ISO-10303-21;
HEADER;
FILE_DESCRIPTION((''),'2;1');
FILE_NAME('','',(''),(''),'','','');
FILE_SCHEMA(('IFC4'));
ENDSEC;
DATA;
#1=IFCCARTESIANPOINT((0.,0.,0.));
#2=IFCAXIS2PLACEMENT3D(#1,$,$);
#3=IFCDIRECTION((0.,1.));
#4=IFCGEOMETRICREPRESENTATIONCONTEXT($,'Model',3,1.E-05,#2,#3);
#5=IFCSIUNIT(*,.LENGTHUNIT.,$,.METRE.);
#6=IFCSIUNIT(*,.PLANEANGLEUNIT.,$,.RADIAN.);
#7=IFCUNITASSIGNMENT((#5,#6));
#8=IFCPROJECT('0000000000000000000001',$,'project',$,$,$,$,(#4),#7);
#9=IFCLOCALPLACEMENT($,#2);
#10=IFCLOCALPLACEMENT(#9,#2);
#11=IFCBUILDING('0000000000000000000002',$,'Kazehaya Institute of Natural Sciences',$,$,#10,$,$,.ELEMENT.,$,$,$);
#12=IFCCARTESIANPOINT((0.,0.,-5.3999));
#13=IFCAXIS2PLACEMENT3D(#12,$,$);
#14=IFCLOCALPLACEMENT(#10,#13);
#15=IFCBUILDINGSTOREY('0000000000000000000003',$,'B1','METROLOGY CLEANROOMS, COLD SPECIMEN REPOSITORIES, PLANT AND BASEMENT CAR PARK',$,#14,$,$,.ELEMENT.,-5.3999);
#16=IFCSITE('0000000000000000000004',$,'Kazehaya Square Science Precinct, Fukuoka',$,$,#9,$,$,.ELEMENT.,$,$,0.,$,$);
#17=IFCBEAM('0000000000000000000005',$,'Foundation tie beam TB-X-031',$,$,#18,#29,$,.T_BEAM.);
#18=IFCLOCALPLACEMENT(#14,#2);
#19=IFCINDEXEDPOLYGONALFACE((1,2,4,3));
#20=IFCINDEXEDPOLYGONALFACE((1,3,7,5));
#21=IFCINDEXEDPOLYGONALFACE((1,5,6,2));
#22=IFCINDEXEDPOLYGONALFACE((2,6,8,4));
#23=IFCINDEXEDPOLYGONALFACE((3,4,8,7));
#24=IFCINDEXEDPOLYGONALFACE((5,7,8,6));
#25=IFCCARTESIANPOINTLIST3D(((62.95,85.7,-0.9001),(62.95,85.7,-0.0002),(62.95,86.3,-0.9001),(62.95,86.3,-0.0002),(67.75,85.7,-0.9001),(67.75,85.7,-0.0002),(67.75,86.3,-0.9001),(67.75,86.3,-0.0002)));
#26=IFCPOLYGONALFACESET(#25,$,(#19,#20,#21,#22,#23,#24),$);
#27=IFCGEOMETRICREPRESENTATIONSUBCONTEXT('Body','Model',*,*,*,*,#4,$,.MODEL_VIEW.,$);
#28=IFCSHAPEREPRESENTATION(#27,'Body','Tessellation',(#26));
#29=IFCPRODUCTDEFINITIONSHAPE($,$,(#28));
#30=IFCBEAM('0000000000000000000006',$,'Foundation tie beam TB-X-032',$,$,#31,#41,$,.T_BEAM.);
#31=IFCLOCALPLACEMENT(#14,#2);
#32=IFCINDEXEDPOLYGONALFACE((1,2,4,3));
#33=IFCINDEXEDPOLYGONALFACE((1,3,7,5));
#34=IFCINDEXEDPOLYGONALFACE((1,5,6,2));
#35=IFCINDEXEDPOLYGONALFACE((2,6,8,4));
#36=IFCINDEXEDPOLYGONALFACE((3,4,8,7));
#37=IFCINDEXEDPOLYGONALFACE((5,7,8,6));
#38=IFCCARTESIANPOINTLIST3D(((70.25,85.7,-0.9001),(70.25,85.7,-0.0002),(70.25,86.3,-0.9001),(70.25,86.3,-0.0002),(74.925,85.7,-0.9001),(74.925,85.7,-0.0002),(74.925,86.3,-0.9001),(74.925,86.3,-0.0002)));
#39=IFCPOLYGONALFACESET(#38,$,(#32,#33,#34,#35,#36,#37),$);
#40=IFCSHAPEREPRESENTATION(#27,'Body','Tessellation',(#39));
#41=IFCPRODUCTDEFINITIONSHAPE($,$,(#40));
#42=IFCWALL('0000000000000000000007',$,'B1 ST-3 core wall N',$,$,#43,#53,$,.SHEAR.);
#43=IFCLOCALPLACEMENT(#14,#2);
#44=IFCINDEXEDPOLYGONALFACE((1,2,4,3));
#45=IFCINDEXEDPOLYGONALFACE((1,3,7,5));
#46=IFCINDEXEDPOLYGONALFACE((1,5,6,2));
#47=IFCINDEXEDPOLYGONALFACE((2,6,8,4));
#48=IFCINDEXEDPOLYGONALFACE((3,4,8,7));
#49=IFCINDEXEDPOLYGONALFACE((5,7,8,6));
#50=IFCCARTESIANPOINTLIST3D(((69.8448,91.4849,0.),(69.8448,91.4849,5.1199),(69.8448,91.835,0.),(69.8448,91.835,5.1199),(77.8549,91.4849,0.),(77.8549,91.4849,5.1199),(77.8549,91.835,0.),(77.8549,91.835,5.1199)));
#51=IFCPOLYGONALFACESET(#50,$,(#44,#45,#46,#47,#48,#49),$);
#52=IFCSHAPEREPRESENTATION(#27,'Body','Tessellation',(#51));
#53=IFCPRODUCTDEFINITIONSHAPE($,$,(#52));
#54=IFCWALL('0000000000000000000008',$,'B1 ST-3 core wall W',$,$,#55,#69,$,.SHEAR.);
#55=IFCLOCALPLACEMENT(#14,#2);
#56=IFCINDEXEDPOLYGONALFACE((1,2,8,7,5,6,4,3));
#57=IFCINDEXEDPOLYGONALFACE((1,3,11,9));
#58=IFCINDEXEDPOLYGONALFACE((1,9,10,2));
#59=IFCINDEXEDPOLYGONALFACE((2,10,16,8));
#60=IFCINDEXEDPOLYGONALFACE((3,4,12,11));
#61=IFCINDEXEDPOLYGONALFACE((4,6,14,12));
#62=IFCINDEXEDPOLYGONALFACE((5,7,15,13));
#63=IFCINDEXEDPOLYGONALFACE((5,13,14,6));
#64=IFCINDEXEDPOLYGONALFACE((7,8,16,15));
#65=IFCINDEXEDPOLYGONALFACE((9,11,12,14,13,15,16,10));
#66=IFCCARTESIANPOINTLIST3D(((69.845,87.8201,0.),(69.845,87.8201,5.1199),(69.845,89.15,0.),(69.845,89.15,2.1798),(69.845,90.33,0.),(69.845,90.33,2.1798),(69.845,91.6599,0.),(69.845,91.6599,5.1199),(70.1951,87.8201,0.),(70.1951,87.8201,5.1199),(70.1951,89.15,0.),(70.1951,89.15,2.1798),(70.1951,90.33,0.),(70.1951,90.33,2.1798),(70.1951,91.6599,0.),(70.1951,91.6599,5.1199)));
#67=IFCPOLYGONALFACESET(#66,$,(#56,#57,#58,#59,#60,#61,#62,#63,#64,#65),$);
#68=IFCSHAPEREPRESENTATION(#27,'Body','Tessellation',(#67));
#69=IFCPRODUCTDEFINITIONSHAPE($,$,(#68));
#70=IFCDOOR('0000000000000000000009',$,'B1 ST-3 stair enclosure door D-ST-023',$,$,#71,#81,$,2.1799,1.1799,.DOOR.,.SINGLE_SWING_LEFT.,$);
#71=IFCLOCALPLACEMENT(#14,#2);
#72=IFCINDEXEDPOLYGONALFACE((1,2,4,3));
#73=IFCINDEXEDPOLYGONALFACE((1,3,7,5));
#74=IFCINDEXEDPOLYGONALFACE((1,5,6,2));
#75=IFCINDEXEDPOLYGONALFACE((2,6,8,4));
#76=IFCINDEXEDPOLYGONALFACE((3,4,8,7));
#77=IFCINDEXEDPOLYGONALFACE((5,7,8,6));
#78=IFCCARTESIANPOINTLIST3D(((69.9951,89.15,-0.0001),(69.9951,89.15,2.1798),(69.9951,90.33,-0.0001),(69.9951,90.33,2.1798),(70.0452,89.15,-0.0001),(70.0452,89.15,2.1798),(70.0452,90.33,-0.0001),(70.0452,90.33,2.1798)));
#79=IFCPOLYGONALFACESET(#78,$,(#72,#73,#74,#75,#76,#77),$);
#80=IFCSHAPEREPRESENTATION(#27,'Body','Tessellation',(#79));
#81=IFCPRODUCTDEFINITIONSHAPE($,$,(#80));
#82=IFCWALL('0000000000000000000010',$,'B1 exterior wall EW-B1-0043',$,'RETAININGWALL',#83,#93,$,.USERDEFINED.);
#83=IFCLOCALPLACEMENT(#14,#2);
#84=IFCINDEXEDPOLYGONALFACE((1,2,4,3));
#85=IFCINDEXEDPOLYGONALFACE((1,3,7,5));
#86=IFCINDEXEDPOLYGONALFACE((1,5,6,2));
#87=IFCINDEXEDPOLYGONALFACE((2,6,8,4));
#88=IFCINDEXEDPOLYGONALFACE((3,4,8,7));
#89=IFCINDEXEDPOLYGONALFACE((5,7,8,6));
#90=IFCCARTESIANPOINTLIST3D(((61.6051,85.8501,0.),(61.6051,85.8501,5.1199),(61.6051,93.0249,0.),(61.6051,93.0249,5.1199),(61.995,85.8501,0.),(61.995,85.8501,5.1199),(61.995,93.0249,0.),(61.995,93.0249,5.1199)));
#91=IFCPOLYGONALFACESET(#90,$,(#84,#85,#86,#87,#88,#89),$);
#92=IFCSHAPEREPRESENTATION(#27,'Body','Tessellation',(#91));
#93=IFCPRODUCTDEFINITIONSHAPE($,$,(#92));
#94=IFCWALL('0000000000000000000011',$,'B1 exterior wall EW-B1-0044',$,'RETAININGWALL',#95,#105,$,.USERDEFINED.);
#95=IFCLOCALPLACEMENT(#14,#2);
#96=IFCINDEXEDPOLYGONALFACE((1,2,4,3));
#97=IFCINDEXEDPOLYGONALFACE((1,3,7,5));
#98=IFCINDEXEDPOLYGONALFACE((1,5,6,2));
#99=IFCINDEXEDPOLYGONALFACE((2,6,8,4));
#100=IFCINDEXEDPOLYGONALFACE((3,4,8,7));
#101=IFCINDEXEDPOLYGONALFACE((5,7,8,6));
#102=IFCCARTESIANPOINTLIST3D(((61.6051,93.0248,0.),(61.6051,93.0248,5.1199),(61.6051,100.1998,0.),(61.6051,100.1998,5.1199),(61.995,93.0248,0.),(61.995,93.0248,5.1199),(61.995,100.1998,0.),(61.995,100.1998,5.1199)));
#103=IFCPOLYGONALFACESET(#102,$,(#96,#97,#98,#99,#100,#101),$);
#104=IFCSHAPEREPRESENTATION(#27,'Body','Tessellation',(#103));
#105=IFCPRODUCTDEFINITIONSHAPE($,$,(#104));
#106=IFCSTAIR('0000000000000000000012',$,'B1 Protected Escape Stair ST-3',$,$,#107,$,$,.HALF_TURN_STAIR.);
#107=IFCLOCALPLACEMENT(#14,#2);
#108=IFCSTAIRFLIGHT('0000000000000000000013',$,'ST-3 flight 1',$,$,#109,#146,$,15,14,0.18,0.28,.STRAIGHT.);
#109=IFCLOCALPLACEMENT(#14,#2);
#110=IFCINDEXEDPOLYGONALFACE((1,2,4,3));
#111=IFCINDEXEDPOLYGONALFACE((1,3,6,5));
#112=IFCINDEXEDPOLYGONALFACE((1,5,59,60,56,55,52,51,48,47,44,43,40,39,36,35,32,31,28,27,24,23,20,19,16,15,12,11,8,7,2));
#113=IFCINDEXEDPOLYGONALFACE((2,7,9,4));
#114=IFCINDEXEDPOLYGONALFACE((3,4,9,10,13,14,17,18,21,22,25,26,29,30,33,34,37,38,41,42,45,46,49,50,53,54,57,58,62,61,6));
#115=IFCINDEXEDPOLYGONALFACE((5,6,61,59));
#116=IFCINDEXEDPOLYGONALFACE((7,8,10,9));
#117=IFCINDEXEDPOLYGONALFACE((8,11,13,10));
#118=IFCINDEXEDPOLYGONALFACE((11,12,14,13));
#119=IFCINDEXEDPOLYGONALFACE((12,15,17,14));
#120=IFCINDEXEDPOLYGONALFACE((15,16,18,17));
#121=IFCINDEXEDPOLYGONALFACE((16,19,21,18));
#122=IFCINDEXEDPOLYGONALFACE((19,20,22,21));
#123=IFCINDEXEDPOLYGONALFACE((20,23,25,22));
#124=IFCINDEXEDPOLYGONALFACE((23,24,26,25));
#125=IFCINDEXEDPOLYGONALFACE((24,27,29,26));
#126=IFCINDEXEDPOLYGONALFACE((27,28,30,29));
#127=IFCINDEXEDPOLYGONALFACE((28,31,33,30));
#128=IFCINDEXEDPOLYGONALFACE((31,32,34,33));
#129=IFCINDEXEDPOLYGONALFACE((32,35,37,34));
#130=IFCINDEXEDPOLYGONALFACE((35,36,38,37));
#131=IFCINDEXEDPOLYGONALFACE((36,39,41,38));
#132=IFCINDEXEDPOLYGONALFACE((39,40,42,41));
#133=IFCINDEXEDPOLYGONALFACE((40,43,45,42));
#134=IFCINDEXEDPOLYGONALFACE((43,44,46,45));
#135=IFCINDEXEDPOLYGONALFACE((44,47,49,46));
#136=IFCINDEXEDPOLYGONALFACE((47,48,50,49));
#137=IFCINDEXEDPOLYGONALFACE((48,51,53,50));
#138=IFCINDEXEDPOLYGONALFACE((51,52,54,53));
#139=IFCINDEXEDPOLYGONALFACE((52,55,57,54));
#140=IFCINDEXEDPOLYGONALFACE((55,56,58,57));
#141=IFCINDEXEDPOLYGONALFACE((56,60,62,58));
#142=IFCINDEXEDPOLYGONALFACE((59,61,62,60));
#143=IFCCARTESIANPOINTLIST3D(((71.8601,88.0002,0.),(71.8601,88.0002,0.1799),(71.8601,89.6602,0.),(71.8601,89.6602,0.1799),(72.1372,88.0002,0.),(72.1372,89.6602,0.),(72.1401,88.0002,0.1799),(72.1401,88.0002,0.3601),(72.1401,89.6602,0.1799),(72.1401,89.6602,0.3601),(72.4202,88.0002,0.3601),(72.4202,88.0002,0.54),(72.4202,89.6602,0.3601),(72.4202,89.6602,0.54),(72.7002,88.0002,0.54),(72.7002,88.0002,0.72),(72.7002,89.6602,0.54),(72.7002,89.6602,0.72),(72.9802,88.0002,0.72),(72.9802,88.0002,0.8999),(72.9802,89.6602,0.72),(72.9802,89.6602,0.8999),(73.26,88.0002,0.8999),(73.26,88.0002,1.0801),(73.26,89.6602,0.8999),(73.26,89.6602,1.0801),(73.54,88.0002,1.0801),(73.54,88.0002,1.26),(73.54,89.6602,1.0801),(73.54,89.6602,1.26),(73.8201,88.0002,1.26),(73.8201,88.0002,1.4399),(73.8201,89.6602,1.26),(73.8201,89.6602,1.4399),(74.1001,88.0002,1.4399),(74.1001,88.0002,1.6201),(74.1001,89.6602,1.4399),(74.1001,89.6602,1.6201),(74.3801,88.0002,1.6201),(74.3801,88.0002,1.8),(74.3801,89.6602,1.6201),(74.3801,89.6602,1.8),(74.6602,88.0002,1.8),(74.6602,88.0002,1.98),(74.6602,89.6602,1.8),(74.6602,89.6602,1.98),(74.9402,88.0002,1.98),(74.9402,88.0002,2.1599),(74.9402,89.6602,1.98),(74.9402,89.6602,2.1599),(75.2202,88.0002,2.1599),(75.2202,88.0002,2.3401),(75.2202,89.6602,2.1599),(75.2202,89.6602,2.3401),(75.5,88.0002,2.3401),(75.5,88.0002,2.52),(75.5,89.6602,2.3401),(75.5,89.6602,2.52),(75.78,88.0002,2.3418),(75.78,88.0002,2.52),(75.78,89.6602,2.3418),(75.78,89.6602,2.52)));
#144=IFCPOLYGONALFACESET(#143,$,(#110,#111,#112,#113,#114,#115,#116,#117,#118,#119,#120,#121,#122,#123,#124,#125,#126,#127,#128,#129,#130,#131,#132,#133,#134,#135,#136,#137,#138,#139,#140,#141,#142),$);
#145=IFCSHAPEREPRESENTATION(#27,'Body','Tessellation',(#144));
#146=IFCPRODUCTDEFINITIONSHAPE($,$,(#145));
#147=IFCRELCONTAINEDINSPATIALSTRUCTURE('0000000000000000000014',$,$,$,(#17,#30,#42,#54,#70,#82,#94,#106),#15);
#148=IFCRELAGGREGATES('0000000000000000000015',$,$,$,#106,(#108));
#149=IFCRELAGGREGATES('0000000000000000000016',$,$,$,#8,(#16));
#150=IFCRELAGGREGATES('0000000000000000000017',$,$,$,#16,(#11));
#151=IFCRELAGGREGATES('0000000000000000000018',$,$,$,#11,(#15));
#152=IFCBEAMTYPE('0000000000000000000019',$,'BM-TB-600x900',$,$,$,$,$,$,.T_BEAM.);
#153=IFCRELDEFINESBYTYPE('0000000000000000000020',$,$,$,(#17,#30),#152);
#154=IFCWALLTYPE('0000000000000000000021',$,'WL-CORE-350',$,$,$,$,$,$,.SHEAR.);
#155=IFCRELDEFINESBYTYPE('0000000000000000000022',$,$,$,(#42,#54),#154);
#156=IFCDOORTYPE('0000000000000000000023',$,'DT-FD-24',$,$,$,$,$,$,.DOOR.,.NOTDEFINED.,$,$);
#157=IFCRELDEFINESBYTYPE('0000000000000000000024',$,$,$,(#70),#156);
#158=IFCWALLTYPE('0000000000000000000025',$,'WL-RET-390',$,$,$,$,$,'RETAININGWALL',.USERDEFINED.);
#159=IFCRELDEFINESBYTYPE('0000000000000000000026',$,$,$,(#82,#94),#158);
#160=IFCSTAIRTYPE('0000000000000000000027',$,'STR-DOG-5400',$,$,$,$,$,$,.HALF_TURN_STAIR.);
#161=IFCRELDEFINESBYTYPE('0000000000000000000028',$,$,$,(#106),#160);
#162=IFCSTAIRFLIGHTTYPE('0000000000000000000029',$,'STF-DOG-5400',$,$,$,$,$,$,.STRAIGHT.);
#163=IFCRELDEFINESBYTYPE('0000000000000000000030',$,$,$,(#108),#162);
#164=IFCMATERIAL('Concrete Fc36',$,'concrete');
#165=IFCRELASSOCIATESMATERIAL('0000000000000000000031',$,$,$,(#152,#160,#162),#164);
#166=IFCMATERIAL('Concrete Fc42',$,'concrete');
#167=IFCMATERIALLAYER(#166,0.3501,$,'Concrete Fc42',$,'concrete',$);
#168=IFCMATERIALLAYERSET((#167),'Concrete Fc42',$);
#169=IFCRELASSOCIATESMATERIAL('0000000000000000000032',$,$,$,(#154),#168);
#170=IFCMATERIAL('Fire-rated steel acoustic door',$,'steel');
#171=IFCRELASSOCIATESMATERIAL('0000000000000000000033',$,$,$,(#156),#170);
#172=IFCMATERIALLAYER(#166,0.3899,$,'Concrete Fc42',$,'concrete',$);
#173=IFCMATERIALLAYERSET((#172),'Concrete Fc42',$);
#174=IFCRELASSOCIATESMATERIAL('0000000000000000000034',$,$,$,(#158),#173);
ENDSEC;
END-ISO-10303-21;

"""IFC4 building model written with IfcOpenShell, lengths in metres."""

from ifc_helpers import new_model, si_unit, direction, frame, frame_2d, origin, origin_2d, place, context, subcontext, project, spatial, polyline, rectangle, outline, extrude, material, layer, layer_set, material_profile, profile_set, type_object, element, fill, aggregate, save


model = new_model("IFC4")

# Units and contexts
model_context = context("Model", 3, precision=1e-05, world=origin(), true_north=direction((0.0, 1.0)))
body_context = subcontext(model_context, "Body", "Model", "MODEL_VIEW")
ifc_project = project(units=[si_unit("LENGTHUNIT", "METRE"), si_unit("PLANEANGLEUNIT", "RADIAN")], contexts=[model_context])

# Site, building, storey
site_placement = place(None, origin())
site = spatial("IfcSite", under=ifc_project, at=site_placement, Name="Kazehaya Square Science Precinct, Fukuoka", CompositionType="ELEMENT", RefElevation=0.0)
building_placement = place(site_placement, origin())
building = spatial("IfcBuilding", under=site, at=building_placement, Name="Kazehaya Institute of Natural Sciences", CompositionType="ELEMENT")
storey_placement = place(building_placement, frame((0.0, 0.0, -5.3999)))
storey = spatial("IfcBuildingStorey", under=building, at=storey_placement, Name="B1", Description="METROLOGY CLEANROOMS, COLD SPECIMEN REPOSITORIES, PLANT AND BASEMENT CAR PARK", CompositionType="ELEMENT", Elevation=-5.3999)

# Shared definitions
ifc_material_1 = material(Name="Concrete Fc36", Category="concrete")

# Shared definitions
ifc_material_2 = material(Name="Concrete Fc42", Category="concrete")

# Beams
ifc_material_profile_1 = material_profile(ifc_material_1, rectangle(XDim=0.6001, YDim=0.8999, at=origin_2d()), Name="RC-600x900")
ifc_profile_set_1 = profile_set([ifc_material_profile_1], Name="Concrete Fc36")
beam_type_1 = type_object("IfcBeamType", Name="BM-TB-600x900", PredefinedType="T_BEAM", material=ifc_profile_set_1)
beam_1_placement = place(storey_placement, frame((62.95, 86.0, -0.4502), z_axis=(1.0, 0.0, 0.0), x_axis=(0.0, 1.0, 0.0)))
element("IfcBeam", 1, at=beam_1_placement, inside=storey, type_object=beam_type_1, Name="Foundation tie beam TB-X-031", PredefinedType="T_BEAM", context=body_context, shape_type="SweptSolid", body=[
    extrude(rectangle(XDim=0.6001, YDim=0.8999, at=origin_2d()), origin(), (0.0, 0.0, 1.0), 4.8),
])
beam_2_placement = place(storey_placement, frame((70.25, 86.0, -0.4502), z_axis=(1.0, 0.0, 0.0), x_axis=(0.0, 1.0, 0.0)))
element("IfcBeam", 2, at=beam_2_placement, inside=storey, type_object=beam_type_1, Name="Foundation tie beam TB-X-032", PredefinedType="T_BEAM", context=body_context, shape_type="SweptSolid", body=[
    extrude(rectangle(XDim=0.6001, YDim=0.8999, at=origin_2d()), origin(), (0.0, 0.0, 1.0), 4.675),
])

# Wall
ifc_layer_1 = layer(ifc_material_2, 0.3501, Name="Concrete Fc42", Category="concrete")
ifc_layer_set_1 = layer_set([ifc_layer_1], Name="Concrete Fc42")
wall_type_1 = type_object("IfcWallType", Name="WL-CORE-350", PredefinedType="SHEAR", material=ifc_layer_set_1)
wall_1_placement = place(storey_placement, frame((69.845, 91.6599, 0.0), z_axis=(0.0, 0.0, 1.0), x_axis=(1.0, 0.0, 0.0)))
element("IfcWall", 3, at=wall_1_placement, inside=storey, type_object=wall_type_1, Name="B1 ST-3 core wall N", PredefinedType="SHEAR", context=body_context, shape_type="SweptSolid", body=[
    extrude(rectangle(XDim=8.01, YDim=0.3501, at=frame_2d((4.0049, 0.0))), origin(), (0.0, 0.0, 1.0), 5.1199),
])

# Wall, opening, door
wall_2_placement = place(storey_placement, frame((70.02, 87.8201, 0.0), z_axis=(0.0, 0.0, 1.0), x_axis=(0.0, 1.0, 0.0)))
wall_2 = element("IfcWall", 4, at=wall_2_placement, inside=storey, type_object=wall_type_1, Name="B1 ST-3 core wall W", PredefinedType="SHEAR", context=body_context, shape_type="SweptSolid", body=[
    extrude(rectangle(XDim=3.8398, YDim=0.3501, at=frame_2d((1.9199, 0.0))), origin(), (0.0, 0.0, 1.0), 5.1199),
])
opening_placement = place(wall_2_placement, frame((1.3301, 0.0, 0.0)))
opening = element("IfcOpeningElement", 5, at=opening_placement, cuts=wall_2, PredefinedType="OPENING", context=body_context, shape_type="SweptSolid", body=[
    extrude(rectangle(XDim=1.1799, YDim=2.1799, at=frame_2d((0.5898, 1.0898))), frame((0.0, 0.1851, 0.0), z_axis=(0.0, -1.0, 0.0), x_axis=(1.0, 0.0, 0.0)), (0.0, 0.0, 1.0), 0.3701),
])
ifc_material_3 = material(Name="Fire-rated steel acoustic door", Category="steel")
door_type = type_object("IfcDoorType", Name="DT-FD-24", OperationType="NOTDEFINED", PredefinedType="DOOR", material=ifc_material_3)
door_placement = place(opening_placement, origin())
door = element("IfcDoor", 6, at=door_placement, inside=storey, type_object=door_type, Name="B1 ST-3 stair enclosure door D-ST-023", OperationType="SINGLE_SWING_LEFT", OverallHeight=2.1799, OverallWidth=1.1799, PredefinedType="DOOR", context=body_context, shape_type="SweptSolid", body=[
    extrude(rectangle(XDim=1.1799, YDim=2.1799, at=frame_2d((0.5898, 1.0898))), frame((0.0, 0.0249, 0.0), z_axis=(0.0, -1.0, 0.0), x_axis=(1.0, 0.0, 0.0)), (0.0, 0.0, 1.0), 0.05),
])
fill(opening, door)

# Walls
ifc_layer_2 = layer(ifc_material_2, 0.3899, Name="Concrete Fc42", Category="concrete")
ifc_layer_set_2 = layer_set([ifc_layer_2], Name="Concrete Fc42")
wall_type_2 = type_object("IfcWallType", Name="WL-RET-390", ElementType="RETAININGWALL", PredefinedType="USERDEFINED", material=ifc_layer_set_2)
wall_3_placement = place(storey_placement, frame((61.8, 85.8501, 0.0), z_axis=(0.0, 0.0, 1.0), x_axis=(0.0, 1.0, 0.0)))
element("IfcWall", 7, at=wall_3_placement, inside=storey, type_object=wall_type_2, Name="B1 exterior wall EW-B1-0043", ObjectType="RETAININGWALL", PredefinedType="USERDEFINED", context=body_context, shape_type="SweptSolid", body=[
    extrude(rectangle(XDim=7.1748, YDim=0.3899, at=frame_2d((3.5874, 0.0))), origin(), (0.0, 0.0, 1.0), 5.1199),
])
wall_4_placement = place(storey_placement, frame((61.8, 93.0249, 0.0), z_axis=(0.0, 0.0, 1.0), x_axis=(0.0, 1.0, 0.0)))
element("IfcWall", 8, at=wall_4_placement, inside=storey, type_object=wall_type_2, Name="B1 exterior wall EW-B1-0044", ObjectType="RETAININGWALL", PredefinedType="USERDEFINED", context=body_context, shape_type="SweptSolid", body=[
    extrude(rectangle(XDim=7.175, YDim=0.3899, at=frame_2d((3.5874, 0.0))), origin(), (0.0, 0.0, 1.0), 5.1199),
])

# Stair, stair flight
stair_type = type_object("IfcStairType", Name="STR-DOG-5400", PredefinedType="HALF_TURN_STAIR", material=ifc_material_1)
stair_placement = place(storey_placement, origin())
stair = element("IfcStair", 9, at=stair_placement, inside=storey, type_object=stair_type, Name="B1 Protected Escape Stair ST-3", PredefinedType="HALF_TURN_STAIR")
stair_flight_type = type_object("IfcStairFlightType", Name="STF-DOG-5400", PredefinedType="STRAIGHT", material=ifc_material_1)
stair_flight_placement = place(storey_placement, frame((71.8601, 88.8301, 0.0), z_axis=(0.0, 0.0, 1.0), x_axis=(1.0, 0.0, 0.0)))
stair_flight = element("IfcStairFlight", 10, at=stair_flight_placement, type_object=stair_flight_type, Name="ST-3 flight 1", NumberOfRisers=15, NumberOfTreads=14, PredefinedType="STRAIGHT", RiserHeight=0.18, TreadLength=0.28, context=body_context, shape_type="SweptSolid", body=[
    extrude(outline(polyline([(0.0, 0.0), (0.0, 0.1799), (0.28, 0.1799), (0.28, 0.3601), (0.5601, 0.3601), (0.5601, 0.54), (0.8401, 0.54), (0.8401, 0.72), (1.1201, 0.72), (1.1201, 0.8999), (1.3999, 0.8999), (1.3999, 1.0801), (1.6799, 1.0801), (1.6799, 1.26), (1.96, 1.26), (1.96, 1.4399), (2.24, 1.4399), (2.24, 1.6201), (2.52, 1.6201), (2.52, 1.8), (2.8, 1.8), (2.8, 1.98), (3.0801, 1.98), (3.0801, 2.1599), (3.3601, 2.1599), (3.3601, 2.3401), (3.6399, 2.3401), (3.6399, 2.52), (3.9199, 2.52), (3.9199, 2.7), (3.9199, 2.3418), (0.2771, 0.0), (0.0, 0.0)])), frame((0.0, 0.8301, 0.0), z_axis=(0.0, -1.0, 0.0), x_axis=(1.0, 0.0, 0.0)), (0.0, 0.0, 1.0), 1.6599),
])
aggregate(stair, [stair_flight])

save(model, "model.ifc")
